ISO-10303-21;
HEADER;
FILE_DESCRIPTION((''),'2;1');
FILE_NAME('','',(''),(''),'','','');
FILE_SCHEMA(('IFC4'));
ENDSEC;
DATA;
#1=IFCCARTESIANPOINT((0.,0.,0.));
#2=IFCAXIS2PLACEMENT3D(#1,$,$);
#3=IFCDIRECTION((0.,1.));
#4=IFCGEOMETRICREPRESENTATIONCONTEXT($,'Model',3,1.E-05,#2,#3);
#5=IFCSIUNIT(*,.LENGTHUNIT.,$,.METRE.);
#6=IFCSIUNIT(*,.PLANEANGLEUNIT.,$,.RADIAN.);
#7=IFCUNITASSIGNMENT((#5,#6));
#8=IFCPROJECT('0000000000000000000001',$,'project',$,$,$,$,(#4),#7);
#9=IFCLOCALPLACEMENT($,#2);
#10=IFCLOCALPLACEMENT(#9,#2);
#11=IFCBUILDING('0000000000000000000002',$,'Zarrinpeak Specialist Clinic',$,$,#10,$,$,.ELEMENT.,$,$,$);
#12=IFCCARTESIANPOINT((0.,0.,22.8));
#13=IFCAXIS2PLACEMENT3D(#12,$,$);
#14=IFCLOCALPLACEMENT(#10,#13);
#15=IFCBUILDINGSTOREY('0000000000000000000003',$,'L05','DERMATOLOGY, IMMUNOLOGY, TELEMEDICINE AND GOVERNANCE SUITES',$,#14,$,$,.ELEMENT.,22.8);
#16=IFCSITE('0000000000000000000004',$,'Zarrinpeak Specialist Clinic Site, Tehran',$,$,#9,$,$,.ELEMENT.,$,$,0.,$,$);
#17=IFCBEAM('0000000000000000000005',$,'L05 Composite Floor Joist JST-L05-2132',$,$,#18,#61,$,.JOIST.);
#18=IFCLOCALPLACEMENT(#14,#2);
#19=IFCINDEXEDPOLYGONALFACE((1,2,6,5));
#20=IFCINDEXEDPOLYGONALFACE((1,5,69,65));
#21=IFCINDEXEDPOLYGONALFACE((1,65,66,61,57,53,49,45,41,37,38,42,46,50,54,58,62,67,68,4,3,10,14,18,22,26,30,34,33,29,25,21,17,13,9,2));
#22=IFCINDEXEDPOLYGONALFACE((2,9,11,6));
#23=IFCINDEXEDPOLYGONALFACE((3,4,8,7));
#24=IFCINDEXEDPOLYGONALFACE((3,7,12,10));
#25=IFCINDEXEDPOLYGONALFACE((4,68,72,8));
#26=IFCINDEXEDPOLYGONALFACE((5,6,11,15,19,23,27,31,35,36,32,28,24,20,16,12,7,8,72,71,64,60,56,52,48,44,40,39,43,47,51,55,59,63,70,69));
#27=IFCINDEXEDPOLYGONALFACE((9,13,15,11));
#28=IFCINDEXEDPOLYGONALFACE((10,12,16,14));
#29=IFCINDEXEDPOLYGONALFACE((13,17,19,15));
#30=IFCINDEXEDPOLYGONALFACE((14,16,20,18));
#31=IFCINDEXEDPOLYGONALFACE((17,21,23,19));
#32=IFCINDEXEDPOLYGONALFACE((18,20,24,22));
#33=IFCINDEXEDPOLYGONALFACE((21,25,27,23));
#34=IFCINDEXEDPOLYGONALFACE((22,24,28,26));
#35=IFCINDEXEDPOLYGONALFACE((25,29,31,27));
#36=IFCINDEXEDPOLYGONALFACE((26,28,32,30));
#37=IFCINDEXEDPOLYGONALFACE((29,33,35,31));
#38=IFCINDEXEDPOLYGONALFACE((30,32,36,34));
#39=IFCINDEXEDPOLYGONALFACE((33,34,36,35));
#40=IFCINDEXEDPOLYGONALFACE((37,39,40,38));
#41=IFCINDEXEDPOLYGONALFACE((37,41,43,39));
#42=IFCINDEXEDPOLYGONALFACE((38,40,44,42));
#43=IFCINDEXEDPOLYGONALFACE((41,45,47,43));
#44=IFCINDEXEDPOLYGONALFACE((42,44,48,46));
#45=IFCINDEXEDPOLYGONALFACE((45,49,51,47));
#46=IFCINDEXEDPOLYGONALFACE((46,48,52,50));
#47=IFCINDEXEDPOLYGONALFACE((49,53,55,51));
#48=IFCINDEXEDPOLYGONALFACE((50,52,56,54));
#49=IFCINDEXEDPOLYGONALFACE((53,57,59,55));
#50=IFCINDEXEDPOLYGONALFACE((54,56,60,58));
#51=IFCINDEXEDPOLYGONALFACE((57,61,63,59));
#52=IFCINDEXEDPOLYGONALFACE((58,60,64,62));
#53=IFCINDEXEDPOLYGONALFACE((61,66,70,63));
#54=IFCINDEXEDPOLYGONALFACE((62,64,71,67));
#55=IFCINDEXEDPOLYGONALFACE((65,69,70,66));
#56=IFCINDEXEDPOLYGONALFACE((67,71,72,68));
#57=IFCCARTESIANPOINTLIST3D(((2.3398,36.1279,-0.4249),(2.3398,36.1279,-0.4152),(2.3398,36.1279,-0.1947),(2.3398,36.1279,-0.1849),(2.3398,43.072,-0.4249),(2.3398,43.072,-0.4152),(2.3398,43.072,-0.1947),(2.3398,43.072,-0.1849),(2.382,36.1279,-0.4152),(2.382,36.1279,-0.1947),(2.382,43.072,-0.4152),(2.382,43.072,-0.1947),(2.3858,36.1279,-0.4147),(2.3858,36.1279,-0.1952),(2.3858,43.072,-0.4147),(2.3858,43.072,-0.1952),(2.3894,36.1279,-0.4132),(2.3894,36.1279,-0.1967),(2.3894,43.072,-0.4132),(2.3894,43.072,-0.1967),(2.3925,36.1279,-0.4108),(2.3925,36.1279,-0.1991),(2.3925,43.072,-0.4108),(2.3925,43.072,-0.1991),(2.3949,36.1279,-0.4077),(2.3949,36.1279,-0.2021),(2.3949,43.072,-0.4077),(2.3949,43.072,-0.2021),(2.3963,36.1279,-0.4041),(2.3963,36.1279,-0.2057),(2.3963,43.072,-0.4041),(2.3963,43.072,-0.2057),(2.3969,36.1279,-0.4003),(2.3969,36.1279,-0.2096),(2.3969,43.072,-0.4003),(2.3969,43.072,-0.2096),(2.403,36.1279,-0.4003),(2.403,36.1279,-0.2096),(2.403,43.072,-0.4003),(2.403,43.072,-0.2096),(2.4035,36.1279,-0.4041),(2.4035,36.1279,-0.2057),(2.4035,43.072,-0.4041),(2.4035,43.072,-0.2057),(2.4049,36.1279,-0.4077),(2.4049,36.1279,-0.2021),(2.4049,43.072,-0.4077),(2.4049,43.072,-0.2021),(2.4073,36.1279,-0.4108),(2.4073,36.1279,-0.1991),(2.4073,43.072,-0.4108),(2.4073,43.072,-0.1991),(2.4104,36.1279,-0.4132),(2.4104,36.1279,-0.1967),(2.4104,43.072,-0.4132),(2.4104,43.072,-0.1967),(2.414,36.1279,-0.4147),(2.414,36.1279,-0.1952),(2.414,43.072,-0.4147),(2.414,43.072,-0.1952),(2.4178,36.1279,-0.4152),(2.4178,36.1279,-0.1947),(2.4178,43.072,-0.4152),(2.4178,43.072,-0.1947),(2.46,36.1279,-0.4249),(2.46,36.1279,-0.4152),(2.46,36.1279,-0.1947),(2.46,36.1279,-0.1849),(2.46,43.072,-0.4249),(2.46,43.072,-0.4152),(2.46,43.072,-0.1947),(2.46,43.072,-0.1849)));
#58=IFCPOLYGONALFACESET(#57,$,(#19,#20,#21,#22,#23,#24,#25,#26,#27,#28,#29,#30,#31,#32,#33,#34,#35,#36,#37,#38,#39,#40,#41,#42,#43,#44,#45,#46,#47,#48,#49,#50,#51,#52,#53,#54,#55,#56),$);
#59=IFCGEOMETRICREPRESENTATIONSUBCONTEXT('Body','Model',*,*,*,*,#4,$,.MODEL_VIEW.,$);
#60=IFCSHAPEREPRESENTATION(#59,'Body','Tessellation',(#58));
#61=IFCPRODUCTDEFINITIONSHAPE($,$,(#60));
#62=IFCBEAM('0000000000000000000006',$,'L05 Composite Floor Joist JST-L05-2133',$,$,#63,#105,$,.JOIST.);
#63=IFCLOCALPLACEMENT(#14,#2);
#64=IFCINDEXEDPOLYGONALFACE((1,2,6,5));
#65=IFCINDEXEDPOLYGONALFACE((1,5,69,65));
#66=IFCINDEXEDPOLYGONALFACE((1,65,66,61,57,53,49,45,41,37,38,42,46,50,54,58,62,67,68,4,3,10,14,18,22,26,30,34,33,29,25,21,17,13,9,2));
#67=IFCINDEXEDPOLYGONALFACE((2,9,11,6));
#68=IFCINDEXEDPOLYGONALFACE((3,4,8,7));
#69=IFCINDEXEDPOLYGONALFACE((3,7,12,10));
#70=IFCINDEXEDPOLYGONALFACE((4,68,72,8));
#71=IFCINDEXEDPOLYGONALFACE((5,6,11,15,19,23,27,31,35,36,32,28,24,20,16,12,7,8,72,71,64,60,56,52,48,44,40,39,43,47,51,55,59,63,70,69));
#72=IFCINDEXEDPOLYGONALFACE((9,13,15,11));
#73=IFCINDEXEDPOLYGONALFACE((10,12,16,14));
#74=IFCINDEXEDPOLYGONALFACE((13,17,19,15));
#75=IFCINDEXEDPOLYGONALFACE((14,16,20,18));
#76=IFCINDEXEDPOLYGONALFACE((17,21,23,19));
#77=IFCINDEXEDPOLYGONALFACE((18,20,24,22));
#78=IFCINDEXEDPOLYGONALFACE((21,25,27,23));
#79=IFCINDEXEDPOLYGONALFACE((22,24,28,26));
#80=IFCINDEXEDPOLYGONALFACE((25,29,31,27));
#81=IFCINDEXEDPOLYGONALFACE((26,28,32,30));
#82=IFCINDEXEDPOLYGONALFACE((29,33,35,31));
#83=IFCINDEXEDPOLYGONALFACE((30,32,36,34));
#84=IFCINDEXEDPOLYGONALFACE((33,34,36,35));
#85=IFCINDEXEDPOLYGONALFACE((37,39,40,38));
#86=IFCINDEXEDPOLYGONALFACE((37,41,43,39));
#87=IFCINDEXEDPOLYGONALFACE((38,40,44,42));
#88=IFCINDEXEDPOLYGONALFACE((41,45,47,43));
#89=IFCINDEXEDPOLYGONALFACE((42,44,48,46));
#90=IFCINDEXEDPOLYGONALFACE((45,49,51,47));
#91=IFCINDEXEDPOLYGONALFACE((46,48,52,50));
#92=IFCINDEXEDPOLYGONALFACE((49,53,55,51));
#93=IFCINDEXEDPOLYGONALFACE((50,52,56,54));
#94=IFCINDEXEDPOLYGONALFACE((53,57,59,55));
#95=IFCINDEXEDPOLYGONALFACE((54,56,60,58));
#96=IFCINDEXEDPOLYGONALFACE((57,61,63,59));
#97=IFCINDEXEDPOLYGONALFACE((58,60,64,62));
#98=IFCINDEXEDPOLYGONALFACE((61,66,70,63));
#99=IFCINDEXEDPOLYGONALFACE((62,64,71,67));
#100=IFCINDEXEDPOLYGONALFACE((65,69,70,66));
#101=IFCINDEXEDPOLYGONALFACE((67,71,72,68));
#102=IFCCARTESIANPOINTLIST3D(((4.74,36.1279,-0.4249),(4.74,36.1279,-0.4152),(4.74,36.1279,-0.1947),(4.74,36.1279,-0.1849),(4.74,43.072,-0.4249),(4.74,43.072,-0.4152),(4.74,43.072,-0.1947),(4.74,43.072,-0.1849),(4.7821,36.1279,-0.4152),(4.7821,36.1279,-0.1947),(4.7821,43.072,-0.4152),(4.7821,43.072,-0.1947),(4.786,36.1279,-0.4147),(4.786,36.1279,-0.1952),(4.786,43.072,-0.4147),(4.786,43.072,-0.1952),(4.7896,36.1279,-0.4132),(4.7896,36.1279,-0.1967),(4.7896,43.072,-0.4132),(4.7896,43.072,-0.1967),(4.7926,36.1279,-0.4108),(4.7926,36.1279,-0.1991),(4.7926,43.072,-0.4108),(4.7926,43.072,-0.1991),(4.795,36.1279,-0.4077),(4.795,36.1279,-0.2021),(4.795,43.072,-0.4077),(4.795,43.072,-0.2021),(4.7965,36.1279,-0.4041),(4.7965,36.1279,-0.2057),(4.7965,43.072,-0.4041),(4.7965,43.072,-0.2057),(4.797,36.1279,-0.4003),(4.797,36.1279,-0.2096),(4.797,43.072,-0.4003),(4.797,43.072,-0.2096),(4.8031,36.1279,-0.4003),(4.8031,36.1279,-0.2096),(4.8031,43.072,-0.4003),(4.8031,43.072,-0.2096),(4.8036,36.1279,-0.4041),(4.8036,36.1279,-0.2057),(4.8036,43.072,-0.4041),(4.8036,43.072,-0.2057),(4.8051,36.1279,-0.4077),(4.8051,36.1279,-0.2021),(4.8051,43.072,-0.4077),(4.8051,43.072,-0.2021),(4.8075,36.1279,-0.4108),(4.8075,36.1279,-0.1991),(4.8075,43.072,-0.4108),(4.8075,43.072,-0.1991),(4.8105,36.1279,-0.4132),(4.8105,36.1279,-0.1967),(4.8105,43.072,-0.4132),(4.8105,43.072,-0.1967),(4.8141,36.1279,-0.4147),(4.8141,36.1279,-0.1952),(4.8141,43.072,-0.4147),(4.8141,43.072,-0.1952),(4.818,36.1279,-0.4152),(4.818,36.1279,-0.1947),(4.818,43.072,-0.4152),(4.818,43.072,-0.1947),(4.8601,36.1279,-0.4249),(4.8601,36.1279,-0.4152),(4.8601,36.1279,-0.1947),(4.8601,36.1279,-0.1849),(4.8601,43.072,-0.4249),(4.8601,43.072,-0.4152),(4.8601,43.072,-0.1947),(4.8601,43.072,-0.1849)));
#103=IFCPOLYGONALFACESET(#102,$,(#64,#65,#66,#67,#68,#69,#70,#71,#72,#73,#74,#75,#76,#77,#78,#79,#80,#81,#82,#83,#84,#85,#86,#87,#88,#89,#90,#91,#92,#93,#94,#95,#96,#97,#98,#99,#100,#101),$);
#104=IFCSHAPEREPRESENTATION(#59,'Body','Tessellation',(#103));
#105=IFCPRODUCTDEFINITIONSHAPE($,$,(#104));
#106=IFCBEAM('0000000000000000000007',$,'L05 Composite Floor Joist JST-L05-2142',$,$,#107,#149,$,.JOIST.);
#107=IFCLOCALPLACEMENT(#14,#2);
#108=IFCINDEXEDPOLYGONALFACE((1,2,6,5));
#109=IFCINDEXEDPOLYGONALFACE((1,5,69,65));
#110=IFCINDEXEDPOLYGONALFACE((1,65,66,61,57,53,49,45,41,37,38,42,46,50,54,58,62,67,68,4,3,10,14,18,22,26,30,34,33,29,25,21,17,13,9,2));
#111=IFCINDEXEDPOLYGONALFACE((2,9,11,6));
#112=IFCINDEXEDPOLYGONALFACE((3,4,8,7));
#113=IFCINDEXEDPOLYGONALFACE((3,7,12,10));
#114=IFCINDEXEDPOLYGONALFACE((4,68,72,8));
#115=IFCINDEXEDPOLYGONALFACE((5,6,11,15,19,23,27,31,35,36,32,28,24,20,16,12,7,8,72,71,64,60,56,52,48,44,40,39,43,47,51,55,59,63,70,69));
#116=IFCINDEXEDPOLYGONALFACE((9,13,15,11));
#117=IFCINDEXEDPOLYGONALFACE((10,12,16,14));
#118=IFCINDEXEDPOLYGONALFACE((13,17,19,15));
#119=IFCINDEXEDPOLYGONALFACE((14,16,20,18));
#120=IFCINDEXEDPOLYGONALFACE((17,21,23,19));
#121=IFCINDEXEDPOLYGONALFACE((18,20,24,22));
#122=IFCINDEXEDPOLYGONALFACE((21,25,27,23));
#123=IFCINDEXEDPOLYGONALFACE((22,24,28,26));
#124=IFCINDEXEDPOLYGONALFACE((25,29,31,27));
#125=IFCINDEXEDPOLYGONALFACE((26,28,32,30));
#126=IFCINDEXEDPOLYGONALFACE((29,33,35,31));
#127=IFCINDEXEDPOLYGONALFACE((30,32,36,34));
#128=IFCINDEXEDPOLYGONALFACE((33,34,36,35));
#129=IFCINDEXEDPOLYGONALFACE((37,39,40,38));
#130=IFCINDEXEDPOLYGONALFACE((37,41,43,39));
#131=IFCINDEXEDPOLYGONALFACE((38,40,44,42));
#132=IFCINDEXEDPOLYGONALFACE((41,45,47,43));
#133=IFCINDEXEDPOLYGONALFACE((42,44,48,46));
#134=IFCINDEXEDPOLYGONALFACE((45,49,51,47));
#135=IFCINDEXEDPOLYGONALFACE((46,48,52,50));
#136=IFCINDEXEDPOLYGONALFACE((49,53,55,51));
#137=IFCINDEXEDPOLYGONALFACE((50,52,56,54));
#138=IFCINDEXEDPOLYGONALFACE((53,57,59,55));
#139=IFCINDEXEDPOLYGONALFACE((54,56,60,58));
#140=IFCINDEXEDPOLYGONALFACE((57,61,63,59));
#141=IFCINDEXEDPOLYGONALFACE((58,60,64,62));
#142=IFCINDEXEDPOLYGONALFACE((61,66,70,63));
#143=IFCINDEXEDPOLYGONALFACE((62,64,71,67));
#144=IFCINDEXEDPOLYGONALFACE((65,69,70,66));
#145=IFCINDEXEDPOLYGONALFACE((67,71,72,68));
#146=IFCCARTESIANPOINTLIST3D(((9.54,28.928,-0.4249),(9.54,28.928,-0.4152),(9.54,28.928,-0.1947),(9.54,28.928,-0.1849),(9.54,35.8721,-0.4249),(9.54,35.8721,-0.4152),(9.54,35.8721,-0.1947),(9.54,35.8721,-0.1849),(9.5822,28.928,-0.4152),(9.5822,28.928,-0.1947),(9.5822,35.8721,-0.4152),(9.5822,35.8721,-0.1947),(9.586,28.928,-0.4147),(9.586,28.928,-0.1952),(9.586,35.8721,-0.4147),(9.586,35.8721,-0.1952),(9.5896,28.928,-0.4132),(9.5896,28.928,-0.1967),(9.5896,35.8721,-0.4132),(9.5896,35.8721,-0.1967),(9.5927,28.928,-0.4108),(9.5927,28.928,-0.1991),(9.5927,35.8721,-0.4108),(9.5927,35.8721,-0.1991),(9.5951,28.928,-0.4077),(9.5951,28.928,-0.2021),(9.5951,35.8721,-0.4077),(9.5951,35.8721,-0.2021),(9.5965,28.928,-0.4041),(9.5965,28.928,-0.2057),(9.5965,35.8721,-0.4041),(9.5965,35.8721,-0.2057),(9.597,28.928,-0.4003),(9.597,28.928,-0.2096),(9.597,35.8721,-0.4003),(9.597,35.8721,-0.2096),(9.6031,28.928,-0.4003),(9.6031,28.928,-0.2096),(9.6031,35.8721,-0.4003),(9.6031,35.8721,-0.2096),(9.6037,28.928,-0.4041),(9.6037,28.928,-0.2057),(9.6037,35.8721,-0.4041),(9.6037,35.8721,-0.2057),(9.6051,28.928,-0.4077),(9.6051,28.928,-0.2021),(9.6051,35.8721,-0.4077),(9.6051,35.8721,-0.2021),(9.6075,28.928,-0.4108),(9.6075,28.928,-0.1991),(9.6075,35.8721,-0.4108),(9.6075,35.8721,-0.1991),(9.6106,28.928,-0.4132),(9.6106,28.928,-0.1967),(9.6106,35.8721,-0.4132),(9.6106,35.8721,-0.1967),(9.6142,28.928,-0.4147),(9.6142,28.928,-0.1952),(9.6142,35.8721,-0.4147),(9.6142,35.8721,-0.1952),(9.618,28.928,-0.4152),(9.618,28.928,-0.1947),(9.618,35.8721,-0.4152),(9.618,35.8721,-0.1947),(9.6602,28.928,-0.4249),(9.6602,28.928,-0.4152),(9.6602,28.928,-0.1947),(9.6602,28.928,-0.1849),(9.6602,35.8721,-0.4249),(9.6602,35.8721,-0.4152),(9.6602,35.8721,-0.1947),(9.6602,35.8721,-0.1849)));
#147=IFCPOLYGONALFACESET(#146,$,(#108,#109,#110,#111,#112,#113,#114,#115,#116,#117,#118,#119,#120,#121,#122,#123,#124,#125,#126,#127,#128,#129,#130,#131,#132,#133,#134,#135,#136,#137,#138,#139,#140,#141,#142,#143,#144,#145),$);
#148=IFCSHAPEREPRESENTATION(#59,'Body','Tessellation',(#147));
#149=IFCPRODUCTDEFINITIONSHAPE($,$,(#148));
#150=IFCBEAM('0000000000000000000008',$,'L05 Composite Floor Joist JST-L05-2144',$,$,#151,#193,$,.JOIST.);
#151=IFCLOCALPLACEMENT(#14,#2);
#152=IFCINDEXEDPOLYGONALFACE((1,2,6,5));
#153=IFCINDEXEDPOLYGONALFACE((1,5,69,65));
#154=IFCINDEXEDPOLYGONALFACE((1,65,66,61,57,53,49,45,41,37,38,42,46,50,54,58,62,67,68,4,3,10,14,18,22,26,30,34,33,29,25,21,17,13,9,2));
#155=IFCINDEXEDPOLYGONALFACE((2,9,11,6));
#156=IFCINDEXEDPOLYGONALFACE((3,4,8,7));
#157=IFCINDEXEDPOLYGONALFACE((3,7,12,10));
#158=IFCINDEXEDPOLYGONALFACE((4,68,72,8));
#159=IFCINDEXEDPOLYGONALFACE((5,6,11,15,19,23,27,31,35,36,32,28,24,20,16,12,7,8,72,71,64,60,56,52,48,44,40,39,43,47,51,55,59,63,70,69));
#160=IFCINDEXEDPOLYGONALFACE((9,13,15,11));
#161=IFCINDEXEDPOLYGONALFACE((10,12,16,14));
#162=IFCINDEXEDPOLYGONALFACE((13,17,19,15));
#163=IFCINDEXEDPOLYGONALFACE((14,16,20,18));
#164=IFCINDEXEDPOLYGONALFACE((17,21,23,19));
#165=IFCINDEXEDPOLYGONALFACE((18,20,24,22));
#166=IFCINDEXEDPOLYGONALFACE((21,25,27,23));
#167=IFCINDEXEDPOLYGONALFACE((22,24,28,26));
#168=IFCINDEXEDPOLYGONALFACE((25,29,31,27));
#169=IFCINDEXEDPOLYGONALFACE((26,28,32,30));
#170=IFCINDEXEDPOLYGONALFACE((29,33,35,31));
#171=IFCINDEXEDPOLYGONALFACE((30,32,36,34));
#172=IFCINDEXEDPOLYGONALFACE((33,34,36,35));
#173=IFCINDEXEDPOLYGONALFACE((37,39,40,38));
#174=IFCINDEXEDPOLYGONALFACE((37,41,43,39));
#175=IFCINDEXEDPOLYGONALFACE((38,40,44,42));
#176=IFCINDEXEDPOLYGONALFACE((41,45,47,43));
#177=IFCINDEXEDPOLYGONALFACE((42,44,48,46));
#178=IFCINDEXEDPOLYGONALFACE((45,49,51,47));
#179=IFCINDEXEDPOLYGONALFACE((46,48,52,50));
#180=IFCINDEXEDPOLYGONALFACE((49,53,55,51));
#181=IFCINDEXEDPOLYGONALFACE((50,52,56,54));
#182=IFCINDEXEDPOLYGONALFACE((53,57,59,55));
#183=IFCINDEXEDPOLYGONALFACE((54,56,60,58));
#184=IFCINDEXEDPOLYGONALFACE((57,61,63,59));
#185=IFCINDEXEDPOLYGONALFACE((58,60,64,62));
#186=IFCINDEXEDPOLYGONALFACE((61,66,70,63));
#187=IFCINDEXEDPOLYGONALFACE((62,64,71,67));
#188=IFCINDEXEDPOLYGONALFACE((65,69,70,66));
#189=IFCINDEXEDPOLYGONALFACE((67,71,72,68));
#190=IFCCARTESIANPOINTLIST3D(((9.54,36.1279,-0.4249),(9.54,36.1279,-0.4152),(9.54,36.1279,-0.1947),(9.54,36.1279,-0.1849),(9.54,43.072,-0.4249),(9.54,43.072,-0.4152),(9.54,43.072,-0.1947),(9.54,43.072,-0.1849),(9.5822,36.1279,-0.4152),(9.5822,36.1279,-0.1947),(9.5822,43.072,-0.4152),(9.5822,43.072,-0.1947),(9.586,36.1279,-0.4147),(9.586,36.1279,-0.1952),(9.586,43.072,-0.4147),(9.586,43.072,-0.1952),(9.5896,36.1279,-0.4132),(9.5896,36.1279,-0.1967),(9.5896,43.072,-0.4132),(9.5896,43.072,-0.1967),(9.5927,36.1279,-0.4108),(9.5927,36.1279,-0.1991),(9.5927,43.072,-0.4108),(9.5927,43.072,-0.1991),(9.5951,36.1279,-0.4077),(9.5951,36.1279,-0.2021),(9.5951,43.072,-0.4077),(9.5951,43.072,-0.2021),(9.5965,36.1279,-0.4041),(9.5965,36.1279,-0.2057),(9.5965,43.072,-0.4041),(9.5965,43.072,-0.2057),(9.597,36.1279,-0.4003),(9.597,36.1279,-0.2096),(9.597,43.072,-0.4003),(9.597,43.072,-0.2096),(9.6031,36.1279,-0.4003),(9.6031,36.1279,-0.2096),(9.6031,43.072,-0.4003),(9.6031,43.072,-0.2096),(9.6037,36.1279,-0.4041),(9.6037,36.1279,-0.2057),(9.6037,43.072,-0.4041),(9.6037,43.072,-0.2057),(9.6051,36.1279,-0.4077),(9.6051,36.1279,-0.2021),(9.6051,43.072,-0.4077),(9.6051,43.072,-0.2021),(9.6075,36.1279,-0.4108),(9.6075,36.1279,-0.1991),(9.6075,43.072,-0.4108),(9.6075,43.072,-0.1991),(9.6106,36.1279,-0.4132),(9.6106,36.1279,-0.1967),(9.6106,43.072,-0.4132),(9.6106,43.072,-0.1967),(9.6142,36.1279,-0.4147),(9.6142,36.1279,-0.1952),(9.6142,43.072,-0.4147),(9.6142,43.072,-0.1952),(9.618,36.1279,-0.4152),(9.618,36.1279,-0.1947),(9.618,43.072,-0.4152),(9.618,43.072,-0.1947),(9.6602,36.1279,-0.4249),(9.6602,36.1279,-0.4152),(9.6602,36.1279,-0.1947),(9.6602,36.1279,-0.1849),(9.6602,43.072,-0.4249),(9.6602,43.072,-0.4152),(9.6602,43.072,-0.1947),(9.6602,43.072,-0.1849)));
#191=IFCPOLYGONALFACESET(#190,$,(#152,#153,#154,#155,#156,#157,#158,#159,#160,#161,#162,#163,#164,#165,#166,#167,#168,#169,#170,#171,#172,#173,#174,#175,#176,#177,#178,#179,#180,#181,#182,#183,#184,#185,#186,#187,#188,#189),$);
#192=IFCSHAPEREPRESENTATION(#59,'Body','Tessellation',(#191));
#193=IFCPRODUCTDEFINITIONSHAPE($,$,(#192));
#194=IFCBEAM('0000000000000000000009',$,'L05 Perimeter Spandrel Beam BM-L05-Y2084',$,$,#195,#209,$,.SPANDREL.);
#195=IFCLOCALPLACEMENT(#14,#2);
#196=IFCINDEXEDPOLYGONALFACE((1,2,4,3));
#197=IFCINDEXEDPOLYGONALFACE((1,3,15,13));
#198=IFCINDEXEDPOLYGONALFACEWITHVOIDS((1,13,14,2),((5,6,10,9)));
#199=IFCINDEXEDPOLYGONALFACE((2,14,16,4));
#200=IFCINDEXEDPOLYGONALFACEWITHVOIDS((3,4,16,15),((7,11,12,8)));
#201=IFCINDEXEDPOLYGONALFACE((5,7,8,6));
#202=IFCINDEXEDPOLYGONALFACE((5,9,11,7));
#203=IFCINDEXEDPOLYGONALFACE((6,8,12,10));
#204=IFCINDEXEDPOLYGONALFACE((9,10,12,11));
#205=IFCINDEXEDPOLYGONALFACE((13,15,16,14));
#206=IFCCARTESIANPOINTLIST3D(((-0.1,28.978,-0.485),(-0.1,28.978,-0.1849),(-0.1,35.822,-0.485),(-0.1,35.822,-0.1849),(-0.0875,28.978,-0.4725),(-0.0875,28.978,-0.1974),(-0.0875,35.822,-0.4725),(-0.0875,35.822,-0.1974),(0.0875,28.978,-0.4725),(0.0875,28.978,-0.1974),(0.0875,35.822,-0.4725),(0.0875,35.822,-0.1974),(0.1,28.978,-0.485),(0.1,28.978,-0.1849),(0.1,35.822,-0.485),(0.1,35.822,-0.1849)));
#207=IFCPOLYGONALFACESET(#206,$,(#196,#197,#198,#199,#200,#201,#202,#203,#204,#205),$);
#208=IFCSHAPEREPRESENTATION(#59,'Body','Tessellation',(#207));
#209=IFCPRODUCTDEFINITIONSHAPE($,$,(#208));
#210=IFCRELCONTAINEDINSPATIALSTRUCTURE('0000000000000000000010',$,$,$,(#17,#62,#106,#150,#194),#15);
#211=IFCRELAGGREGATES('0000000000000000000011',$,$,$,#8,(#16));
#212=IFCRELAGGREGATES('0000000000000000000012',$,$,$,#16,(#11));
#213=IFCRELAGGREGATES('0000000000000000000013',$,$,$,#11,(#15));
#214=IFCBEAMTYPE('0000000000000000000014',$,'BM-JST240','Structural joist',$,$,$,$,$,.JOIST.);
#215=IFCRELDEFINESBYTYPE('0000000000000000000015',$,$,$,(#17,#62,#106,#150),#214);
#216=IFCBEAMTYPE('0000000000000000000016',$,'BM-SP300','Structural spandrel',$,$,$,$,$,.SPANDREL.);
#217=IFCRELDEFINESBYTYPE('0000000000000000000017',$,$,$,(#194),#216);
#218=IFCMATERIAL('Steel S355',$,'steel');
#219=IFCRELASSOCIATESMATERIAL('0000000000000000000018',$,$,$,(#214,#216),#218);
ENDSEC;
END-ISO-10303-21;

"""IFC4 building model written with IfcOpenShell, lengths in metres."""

from ifc_helpers import new_model, si_unit, direction, frame, origin, origin_2d, place, context, subcontext, project, spatial, hollow_rectangle, i_section, extrude, material, material_profile, profile_set, type_object, element, save


model = new_model("IFC4")

# Units and contexts
model_context = context("Model", 3, precision=1e-05, world=origin(), true_north=direction((0.0, 1.0)))
body_context = subcontext(model_context, "Body", "Model", "MODEL_VIEW")
ifc_project = project(units=[si_unit("LENGTHUNIT", "METRE"), si_unit("PLANEANGLEUNIT", "RADIAN")], contexts=[model_context])

# Site, building, storey
site_placement = place(None, origin())
site = spatial("IfcSite", under=ifc_project, at=site_placement, Name="Zarrinpeak Specialist Clinic Site, Tehran", CompositionType="ELEMENT", RefElevation=0.0)
building_placement = place(site_placement, origin())
building = spatial("IfcBuilding", under=site, at=building_placement, Name="Zarrinpeak Specialist Clinic", CompositionType="ELEMENT")
storey_placement = place(building_placement, frame((0.0, 0.0, 22.8)))
storey = spatial("IfcBuildingStorey", under=building, at=storey_placement, Name="L05", Description="DERMATOLOGY, IMMUNOLOGY, TELEMEDICINE AND GOVERNANCE SUITES", CompositionType="ELEMENT", Elevation=22.8)

# Shared definitions
ifc_material_1 = material(Name="Steel S355", Category="steel")

# Beams
ifc_material_profile_1 = material_profile(ifc_material_1, i_section(OverallWidth=0.1201, OverallDepth=0.24, WebThickness=0.0061, FlangeThickness=0.0098, FilletRadius=0.0149, at=origin_2d()), Name="IPE 240")
ifc_profile_set_1 = profile_set([ifc_material_profile_1], Name="Steel S355")
beam_type_1 = type_object("IfcBeamType", Name="BM-JST240", Description="Structural joist", PredefinedType="JOIST", material=ifc_profile_set_1)
for number, where, z_axis, x_axis, name in (
    (1, (2.3999, 36.1279, -0.3049), (0.0, 1.0, 0.0), (-1.0, 0.0, 0.0), "L05 Composite Floor Joist JST-L05-2132"),
    (2, (4.8, 36.1279, -0.3049), (0.0, 1.0, 0.0), (-1.0, 0.0, 0.0), "L05 Composite Floor Joist JST-L05-2133"),
    (3, (9.6001, 28.928, -0.3049), (0.0, 1.0, 0.0), (-1.0, 0.0, 0.0), "L05 Composite Floor Joist JST-L05-2142"),
    (4, (9.6001, 36.1279, -0.3049), (0.0, 1.0, 0.0), (-1.0, 0.0, 0.0), "L05 Composite Floor Joist JST-L05-2144"),
):
    element("IfcBeam", number, at=place(storey_placement, frame(where, z_axis=z_axis, x_axis=x_axis)), inside=storey, type_object=beam_type_1, Name=name, PredefinedType="JOIST", context=body_context, shape_type="SweptSolid", body=[
        extrude(i_section(OverallWidth=0.1201, OverallDepth=0.24, WebThickness=0.0061, FlangeThickness=0.0098, FilletRadius=0.0149, at=origin_2d()), origin(), (0.0, 0.0, 1.0), 6.9441),
    ])
ifc_material_profile_2 = material_profile(ifc_material_1, hollow_rectangle(XDim=0.2, YDim=0.3, WallThickness=0.0125, at=origin_2d()), Name="RHS 300x200x12.5")
ifc_profile_set_2 = profile_set([ifc_material_profile_2], Name="Steel S355")
beam_type_2 = type_object("IfcBeamType", Name="BM-SP300", Description="Structural spandrel", PredefinedType="SPANDREL", material=ifc_profile_set_2)
beam_1_placement = place(storey_placement, frame((0.0, 28.978, -0.335), z_axis=(0.0, 1.0, 0.0), x_axis=(-1.0, 0.0, 0.0)))
element("IfcBeam", 5, at=beam_1_placement, inside=storey, type_object=beam_type_2, Name="L05 Perimeter Spandrel Beam BM-L05-Y2084", PredefinedType="SPANDREL", context=body_context, shape_type="SweptSolid", body=[
    extrude(hollow_rectangle(XDim=0.2, YDim=0.3, WallThickness=0.0125, at=origin_2d()), origin(), (0.0, 0.0, 1.0), 6.844),
])

save(model, "model.ifc")
